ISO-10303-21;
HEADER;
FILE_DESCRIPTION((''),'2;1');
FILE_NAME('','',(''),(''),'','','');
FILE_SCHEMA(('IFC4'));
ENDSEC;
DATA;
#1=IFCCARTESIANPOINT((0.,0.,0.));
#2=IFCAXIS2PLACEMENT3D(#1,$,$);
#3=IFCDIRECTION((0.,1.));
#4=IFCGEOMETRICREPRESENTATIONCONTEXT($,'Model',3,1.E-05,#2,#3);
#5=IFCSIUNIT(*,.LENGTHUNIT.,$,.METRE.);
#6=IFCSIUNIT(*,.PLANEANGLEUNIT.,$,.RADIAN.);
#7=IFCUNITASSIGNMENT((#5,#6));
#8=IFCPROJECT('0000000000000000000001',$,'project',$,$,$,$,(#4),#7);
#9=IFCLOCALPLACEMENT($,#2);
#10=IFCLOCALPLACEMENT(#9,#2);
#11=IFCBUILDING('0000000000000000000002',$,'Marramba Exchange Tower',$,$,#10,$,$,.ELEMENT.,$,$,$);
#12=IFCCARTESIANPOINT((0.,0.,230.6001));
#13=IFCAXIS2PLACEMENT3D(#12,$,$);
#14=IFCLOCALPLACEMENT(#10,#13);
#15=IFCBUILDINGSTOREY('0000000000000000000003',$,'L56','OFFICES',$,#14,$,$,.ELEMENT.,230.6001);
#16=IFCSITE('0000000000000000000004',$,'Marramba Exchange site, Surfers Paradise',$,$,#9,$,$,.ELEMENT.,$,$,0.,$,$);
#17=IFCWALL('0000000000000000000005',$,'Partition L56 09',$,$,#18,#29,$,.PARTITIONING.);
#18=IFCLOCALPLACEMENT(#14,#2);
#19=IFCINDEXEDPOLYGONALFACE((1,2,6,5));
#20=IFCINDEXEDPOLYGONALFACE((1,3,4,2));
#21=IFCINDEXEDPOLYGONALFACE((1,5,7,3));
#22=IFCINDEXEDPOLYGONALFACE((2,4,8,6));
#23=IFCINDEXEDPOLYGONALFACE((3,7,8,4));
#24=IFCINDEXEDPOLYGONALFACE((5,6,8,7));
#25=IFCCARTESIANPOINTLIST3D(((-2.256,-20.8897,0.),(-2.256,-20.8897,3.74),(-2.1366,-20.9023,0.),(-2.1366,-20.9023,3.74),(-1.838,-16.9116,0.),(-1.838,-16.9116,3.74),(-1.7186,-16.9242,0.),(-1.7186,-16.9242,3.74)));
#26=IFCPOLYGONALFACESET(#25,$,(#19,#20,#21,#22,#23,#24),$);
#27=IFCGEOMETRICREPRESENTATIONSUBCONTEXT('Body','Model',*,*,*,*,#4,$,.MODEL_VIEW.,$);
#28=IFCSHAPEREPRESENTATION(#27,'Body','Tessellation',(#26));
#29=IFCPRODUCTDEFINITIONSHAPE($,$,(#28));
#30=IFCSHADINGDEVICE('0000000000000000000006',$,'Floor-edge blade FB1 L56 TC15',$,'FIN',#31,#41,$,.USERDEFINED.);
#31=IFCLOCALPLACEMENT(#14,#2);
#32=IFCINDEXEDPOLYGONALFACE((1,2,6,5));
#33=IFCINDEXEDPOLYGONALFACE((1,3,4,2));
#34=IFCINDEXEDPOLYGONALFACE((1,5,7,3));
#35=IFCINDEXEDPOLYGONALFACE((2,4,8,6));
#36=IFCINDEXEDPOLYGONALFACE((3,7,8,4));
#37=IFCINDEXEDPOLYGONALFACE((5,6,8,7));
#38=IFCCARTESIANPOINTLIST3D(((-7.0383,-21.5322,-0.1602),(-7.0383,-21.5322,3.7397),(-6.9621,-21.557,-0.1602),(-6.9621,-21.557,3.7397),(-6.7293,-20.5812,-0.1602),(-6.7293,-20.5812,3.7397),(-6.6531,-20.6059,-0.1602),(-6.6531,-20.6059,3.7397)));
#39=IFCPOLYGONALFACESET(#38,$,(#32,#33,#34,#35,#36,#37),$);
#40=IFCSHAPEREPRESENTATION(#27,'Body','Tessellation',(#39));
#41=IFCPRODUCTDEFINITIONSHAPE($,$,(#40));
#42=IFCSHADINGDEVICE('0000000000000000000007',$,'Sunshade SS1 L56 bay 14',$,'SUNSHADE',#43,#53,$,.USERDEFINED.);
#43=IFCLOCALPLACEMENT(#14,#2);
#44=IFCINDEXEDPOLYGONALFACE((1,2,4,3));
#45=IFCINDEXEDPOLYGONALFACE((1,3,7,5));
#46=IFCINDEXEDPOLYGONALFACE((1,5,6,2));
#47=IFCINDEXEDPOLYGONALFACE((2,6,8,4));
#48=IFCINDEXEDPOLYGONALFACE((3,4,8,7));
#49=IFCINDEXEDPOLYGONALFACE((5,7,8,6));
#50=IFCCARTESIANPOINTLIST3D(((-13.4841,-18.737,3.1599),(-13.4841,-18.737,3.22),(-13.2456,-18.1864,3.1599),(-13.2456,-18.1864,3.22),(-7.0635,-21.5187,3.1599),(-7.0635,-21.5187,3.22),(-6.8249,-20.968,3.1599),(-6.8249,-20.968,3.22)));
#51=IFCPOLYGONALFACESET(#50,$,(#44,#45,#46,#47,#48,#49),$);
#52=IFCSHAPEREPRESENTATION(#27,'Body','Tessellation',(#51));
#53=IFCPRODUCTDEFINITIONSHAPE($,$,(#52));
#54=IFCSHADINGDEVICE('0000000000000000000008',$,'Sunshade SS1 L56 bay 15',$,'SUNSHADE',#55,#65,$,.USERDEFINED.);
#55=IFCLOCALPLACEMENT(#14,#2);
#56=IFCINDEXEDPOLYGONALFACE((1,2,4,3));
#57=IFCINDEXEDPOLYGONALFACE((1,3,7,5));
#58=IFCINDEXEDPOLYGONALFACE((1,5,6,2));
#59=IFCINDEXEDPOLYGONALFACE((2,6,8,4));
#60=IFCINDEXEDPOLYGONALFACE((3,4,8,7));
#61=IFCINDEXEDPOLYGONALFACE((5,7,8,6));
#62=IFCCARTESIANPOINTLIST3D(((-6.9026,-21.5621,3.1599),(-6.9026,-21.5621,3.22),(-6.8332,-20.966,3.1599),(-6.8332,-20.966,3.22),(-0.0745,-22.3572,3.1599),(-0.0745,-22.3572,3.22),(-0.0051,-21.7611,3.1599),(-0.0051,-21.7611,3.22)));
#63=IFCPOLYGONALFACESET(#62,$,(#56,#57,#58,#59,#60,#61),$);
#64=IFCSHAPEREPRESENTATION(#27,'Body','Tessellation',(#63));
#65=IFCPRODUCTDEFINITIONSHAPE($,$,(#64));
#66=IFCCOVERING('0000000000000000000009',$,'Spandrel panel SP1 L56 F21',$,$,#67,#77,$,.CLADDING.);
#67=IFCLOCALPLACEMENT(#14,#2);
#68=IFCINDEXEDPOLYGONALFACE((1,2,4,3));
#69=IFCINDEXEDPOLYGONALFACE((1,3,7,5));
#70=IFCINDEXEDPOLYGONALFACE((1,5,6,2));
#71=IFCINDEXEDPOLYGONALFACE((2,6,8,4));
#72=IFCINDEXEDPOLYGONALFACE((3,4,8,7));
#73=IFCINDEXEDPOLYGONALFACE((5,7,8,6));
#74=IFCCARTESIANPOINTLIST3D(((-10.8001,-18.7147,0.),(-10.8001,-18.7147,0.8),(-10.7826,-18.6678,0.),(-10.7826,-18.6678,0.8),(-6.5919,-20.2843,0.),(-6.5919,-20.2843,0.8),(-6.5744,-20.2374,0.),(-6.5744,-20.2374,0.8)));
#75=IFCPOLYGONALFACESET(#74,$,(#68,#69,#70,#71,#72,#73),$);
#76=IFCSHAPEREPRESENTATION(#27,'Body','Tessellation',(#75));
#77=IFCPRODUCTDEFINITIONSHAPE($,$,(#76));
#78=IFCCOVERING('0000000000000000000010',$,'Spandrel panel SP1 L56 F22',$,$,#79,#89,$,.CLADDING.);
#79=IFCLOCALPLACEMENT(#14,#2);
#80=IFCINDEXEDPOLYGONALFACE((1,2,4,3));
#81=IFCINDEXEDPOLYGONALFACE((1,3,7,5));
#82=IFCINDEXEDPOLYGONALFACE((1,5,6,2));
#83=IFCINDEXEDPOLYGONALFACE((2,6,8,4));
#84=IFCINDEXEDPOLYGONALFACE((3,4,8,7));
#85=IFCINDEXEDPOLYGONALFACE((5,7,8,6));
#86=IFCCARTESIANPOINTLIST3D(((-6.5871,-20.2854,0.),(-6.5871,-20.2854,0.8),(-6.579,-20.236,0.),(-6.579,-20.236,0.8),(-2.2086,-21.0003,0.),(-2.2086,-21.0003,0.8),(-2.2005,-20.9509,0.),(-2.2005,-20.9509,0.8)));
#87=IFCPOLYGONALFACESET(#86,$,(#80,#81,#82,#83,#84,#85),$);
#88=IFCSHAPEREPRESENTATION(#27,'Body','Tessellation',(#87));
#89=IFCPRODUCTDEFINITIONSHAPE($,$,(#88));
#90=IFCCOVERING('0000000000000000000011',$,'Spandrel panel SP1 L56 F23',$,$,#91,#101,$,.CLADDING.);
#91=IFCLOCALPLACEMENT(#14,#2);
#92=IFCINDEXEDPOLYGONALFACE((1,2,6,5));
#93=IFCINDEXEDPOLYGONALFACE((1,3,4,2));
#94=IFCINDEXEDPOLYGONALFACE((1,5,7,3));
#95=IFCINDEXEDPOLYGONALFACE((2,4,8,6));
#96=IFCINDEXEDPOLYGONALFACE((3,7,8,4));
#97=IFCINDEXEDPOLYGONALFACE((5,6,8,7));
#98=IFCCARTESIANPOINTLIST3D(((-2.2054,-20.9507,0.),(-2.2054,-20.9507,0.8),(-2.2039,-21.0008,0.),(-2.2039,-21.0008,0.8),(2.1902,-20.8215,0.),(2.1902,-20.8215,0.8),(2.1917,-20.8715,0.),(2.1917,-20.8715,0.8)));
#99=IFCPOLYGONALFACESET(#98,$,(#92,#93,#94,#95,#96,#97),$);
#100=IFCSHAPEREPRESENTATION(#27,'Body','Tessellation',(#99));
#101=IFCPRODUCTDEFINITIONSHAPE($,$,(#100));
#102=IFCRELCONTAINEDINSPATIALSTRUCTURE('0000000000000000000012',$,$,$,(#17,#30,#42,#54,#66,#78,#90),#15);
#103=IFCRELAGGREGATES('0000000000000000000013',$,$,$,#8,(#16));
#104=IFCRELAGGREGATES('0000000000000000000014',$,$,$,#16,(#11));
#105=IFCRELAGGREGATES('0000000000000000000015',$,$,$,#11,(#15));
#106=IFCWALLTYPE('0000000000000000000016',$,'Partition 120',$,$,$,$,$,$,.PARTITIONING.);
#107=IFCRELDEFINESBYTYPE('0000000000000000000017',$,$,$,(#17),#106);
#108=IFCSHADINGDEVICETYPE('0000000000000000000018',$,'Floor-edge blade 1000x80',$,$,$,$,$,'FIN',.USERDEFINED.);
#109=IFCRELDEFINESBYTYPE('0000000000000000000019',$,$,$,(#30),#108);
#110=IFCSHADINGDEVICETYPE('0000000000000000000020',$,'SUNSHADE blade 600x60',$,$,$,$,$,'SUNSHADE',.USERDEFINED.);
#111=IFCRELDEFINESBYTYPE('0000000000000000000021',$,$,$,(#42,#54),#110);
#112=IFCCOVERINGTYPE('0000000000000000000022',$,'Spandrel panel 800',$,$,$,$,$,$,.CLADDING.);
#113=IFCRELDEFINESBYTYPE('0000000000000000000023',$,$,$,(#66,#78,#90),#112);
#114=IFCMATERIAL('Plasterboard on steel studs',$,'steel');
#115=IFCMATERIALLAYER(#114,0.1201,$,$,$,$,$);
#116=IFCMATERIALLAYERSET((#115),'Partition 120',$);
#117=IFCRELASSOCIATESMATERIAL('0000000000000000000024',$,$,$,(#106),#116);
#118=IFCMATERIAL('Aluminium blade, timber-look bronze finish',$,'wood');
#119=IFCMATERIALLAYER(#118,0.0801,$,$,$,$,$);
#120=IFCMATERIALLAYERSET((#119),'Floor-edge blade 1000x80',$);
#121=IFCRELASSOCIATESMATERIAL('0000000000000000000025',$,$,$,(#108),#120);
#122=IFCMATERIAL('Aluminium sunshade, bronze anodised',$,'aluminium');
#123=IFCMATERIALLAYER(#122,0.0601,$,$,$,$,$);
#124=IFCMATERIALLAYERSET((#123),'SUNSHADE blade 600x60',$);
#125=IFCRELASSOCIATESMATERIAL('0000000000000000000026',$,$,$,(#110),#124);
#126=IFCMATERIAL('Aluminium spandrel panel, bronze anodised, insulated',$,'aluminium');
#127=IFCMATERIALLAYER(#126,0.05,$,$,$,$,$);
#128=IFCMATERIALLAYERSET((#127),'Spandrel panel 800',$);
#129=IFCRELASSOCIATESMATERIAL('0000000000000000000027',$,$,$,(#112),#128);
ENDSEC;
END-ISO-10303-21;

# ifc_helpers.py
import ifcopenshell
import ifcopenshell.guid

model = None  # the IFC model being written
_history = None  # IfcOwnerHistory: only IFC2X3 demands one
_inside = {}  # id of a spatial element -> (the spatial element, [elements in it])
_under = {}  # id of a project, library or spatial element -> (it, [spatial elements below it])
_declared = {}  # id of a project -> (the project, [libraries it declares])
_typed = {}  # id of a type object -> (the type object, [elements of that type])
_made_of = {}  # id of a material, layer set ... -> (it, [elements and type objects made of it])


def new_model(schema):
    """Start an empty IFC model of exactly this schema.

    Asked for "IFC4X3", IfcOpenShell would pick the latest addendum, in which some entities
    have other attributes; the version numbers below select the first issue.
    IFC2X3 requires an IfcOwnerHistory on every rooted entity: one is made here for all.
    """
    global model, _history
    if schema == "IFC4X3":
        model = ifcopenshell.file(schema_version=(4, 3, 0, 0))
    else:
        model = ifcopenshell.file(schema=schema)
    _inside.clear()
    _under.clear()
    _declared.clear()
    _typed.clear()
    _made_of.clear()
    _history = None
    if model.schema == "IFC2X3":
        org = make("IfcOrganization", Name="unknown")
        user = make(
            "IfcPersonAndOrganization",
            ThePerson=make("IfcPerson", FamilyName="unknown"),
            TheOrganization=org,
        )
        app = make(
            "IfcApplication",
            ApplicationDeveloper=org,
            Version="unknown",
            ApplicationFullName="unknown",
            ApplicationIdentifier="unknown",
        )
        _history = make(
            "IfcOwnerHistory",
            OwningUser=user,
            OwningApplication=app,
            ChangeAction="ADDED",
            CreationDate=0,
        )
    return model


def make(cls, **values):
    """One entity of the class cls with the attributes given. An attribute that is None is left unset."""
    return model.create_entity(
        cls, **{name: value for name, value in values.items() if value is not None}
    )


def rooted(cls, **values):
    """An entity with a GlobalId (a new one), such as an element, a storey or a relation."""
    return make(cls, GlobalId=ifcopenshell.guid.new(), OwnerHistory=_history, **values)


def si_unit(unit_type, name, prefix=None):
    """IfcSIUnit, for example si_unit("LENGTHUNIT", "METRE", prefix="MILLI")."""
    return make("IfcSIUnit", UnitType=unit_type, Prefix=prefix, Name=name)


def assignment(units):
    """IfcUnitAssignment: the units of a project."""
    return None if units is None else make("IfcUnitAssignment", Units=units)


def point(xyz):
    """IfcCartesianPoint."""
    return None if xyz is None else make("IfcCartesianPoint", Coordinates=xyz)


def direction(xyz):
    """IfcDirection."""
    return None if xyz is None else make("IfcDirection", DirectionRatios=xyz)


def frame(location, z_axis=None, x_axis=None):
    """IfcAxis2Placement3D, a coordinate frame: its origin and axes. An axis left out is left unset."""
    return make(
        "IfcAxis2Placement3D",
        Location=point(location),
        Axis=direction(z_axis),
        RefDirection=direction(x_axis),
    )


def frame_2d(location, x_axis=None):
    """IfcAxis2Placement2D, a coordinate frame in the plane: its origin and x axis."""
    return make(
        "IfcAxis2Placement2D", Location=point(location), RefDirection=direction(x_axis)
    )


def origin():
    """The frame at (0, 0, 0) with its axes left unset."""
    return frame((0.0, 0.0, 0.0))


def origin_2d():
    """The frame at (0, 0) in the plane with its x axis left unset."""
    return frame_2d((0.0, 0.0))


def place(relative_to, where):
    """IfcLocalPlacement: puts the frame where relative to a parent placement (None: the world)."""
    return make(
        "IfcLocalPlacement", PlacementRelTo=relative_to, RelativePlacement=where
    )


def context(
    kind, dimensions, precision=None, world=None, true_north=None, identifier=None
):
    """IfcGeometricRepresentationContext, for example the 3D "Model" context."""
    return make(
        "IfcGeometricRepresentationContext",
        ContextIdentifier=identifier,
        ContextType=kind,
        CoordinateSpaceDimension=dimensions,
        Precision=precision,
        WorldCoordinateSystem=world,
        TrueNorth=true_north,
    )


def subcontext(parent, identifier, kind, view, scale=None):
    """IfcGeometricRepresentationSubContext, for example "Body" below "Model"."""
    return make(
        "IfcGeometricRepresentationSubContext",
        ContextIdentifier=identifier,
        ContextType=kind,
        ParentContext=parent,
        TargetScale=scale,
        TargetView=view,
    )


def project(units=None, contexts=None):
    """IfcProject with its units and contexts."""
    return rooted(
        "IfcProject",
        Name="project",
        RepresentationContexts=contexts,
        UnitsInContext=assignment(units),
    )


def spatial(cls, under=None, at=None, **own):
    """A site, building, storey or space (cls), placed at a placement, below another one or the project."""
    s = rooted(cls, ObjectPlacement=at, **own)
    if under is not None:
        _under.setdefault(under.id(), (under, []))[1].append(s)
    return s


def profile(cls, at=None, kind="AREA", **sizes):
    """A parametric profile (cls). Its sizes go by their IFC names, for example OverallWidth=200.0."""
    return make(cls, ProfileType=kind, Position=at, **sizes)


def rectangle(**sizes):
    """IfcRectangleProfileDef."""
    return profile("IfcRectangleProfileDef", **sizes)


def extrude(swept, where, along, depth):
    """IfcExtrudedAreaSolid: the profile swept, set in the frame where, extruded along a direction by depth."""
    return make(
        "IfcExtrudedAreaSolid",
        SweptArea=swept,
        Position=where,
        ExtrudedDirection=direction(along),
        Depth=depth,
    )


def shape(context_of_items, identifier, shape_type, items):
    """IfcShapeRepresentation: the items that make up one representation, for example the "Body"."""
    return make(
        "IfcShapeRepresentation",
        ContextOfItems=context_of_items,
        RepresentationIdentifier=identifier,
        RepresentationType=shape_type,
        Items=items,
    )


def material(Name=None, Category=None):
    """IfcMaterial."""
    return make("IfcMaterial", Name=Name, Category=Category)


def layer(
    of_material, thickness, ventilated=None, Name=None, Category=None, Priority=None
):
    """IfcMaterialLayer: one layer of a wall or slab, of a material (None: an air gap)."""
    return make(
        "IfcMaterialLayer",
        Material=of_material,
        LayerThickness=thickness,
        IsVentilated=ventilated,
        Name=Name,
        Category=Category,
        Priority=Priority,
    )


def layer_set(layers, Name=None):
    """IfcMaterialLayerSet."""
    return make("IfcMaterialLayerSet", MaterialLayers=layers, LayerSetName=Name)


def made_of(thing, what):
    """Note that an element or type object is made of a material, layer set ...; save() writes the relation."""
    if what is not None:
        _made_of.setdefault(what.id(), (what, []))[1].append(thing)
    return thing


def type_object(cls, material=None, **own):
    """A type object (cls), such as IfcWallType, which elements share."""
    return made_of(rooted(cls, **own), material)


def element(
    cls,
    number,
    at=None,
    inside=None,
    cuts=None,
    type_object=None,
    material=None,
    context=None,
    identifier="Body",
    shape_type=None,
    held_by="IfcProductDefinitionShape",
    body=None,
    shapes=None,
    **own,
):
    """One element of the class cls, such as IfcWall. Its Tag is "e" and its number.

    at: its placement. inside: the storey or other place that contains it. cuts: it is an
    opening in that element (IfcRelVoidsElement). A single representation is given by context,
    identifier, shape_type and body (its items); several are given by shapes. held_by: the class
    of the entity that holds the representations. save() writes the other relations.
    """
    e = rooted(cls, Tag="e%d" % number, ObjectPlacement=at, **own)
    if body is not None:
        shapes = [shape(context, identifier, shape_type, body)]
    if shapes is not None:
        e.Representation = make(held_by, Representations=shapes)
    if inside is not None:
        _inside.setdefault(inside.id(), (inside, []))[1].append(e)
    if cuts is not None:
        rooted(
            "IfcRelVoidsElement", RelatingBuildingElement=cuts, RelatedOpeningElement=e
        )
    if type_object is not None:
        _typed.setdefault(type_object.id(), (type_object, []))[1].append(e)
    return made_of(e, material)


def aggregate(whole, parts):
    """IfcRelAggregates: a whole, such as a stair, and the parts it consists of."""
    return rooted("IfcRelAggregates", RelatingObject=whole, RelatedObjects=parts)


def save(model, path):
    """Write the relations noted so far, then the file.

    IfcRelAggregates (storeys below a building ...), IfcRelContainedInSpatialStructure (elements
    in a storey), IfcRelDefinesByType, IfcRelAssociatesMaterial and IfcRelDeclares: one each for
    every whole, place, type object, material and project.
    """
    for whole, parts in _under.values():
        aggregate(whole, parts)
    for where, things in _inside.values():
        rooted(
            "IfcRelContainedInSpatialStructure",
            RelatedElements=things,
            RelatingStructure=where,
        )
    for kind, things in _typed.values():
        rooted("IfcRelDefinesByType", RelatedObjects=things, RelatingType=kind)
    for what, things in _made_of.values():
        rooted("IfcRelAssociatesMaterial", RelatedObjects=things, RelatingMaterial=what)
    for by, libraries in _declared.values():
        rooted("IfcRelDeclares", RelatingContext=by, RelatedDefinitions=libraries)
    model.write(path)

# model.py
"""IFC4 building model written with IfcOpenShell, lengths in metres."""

from ifc_helpers import new_model, si_unit, direction, frame, frame_2d, origin, origin_2d, place, context, subcontext, project, spatial, rectangle, extrude, material, layer, layer_set, type_object, element, save


model = new_model("IFC4")

# Units and contexts
model_context = context("Model", 3, precision=1e-05, world=origin(), true_north=direction((0.0, 1.0)))
body_context = subcontext(model_context, "Body", "Model", "MODEL_VIEW")
ifc_project = project(units=[si_unit("LENGTHUNIT", "METRE"), si_unit("PLANEANGLEUNIT", "RADIAN")], contexts=[model_context])

# Site, building, storey
site_placement = place(None, origin())
site = spatial("IfcSite", under=ifc_project, at=site_placement, Name="Marramba Exchange site, Surfers Paradise", CompositionType="ELEMENT", RefElevation=0.0)
building_placement = place(site_placement, origin())
building = spatial("IfcBuilding", under=site, at=building_placement, Name="Marramba Exchange Tower", CompositionType="ELEMENT")
storey_placement = place(building_placement, frame((0.0, 0.0, 230.6001)))
storey = spatial("IfcBuildingStorey", under=building, at=storey_placement, Name="L56", Description="OFFICES", CompositionType="ELEMENT", Elevation=230.6001)

# Shared definitions
ifc_material_1 = material(Name="Plasterboard on steel studs", Category="steel")
ifc_layer_1 = layer(ifc_material_1, 0.1201)
ifc_layer_set_1 = layer_set([ifc_layer_1], Name="Partition 120")
wall_type = type_object("IfcWallType", Name="Partition 120", PredefinedType="PARTITIONING", material=ifc_layer_set_1)

# Wall
wall_1_placement = place(storey_placement, frame((-2.1963, -20.896, 0.0), z_axis=(0.0, 0.0, 1.0), x_axis=(0.104494, 0.994526, 0.0)))
element("IfcWall", 1, at=wall_1_placement, inside=storey, type_object=wall_type, Name="Partition L56 09", PredefinedType="PARTITIONING", context=body_context, shape_type="SweptSolid", body=[
    extrude(rectangle(XDim=4.0, YDim=0.1201, at=frame_2d((2.0, 0.0))), origin(), (0.0, 0.0, 1.0), 3.74),
])

# Shading devices
ifc_material_2 = material(Name="Aluminium blade, timber-look bronze finish", Category="wood")
ifc_layer_2 = layer(ifc_material_2, 0.0801)
ifc_layer_set_2 = layer_set([ifc_layer_2], Name="Floor-edge blade 1000x80")
shading_device_type_1 = type_object("IfcShadingDeviceType", Name="Floor-edge blade 1000x80", ElementType="FIN", PredefinedType="USERDEFINED", material=ifc_layer_set_2)
shading_device_1_placement = place(storey_placement, frame((-6.8457, -21.0691, -0.1602), z_axis=(0.0, 0.0, 1.0), x_axis=(-0.309017, -0.951057, 0.0)))
element("IfcShadingDevice", 2, at=shading_device_1_placement, inside=storey, type_object=shading_device_type_1, Name="Floor-edge blade FB1 L56 TC15", ObjectType="FIN", PredefinedType="USERDEFINED", context=body_context, shape_type="SweptSolid", body=[
    extrude(rectangle(XDim=1.0, YDim=0.0801, at=origin_2d()), origin(), (0.0, 0.0, 1.0), 3.8999),
])
ifc_material_3 = material(Name="Aluminium sunshade, bronze anodised", Category="aluminium")
ifc_layer_3 = layer(ifc_material_3, 0.0601)
ifc_layer_set_3 = layer_set([ifc_layer_3], Name="SUNSHADE blade 600x60")
shading_device_type_2 = type_object("IfcShadingDeviceType", Name="SUNSHADE blade 600x60", ElementType="SUNSHADE", PredefinedType="USERDEFINED", material=ifc_layer_set_3)
shading_device_2_placement = place(storey_placement, frame((-10.1545, -19.8525, 3.1599), z_axis=(0.0, 0.0, 1.0), x_axis=(0.917589, -0.39753, 0.0)))
element("IfcShadingDevice", 3, at=shading_device_2_placement, inside=storey, type_object=shading_device_type_2, Name="Sunshade SS1 L56 bay 14", ObjectType="SUNSHADE", PredefinedType="USERDEFINED", context=body_context, shape_type="SweptSolid", body=[
    extrude(rectangle(XDim=6.9973, YDim=0.6001, at=origin_2d()), origin(), (0.0, 0.0, 1.0), 0.0601),
])
shading_device_3_placement = place(storey_placement, frame((-3.4539, -21.6616, 3.1599), z_axis=(0.0, 0.0, 1.0), x_axis=(0.993288, -0.115665, 0.0)))
element("IfcShadingDevice", 4, at=shading_device_3_placement, inside=storey, type_object=shading_device_type_2, Name="Sunshade SS1 L56 bay 15", ObjectType="SUNSHADE", PredefinedType="USERDEFINED", context=body_context, shape_type="SweptSolid", body=[
    extrude(rectangle(XDim=6.8743, YDim=0.6001, at=origin_2d()), origin(), (0.0, 0.0, 1.0), 0.0601),
])

# Coverings
ifc_material_4 = material(Name="Aluminium spandrel panel, bronze anodised, insulated", Category="aluminium")
ifc_layer_4 = layer(ifc_material_4, 0.05)
ifc_layer_set_4 = layer_set([ifc_layer_4], Name="Spandrel panel 800")
covering_type = type_object("IfcCoveringType", Name="Spandrel panel 800", PredefinedType="CLADDING", material=ifc_layer_set_4)
covering_1_placement = place(storey_placement, frame((-8.6873, -19.4761, 0.0), z_axis=(0.0, 0.0, 1.0), x_axis=(0.936952, -0.349459, 0.0)))
element("IfcCovering", 5, at=covering_1_placement, inside=storey, type_object=covering_type, Name="Spandrel panel SP1 L56 F21", PredefinedType="CLADDING", context=body_context, shape_type="SweptSolid", body=[
    extrude(rectangle(XDim=4.4915, YDim=0.05, at=origin_2d()), origin(), (0.0, 0.0, 1.0), 0.8),
])
covering_2_placement = place(storey_placement, frame((-4.3938, -20.6182, 0.0), z_axis=(0.0, 0.0, 1.0), x_axis=(0.986931, -0.161146, 0.0)))
element("IfcCovering", 6, at=covering_2_placement, inside=storey, type_object=covering_type, Name="Spandrel panel SP1 L56 F22", PredefinedType="CLADDING", context=body_context, shape_type="SweptSolid", body=[
    extrude(rectangle(XDim=4.4365, YDim=0.05, at=origin_2d()), origin(), (0.0, 0.0, 1.0), 0.8),
])
covering_3_placement = place(storey_placement, frame((-0.0068, -20.9111, 0.0), z_axis=(0.0, 0.0, 1.0), x_axis=(0.999568, 0.029393, 0.0)))
element("IfcCovering", 7, at=covering_3_placement, inside=storey, type_object=covering_type, Name="Spandrel panel SP1 L56 F23", PredefinedType="CLADDING", context=body_context, shape_type="SweptSolid", body=[
    extrude(rectangle(XDim=4.3975, YDim=0.05, at=origin_2d()), origin(), (0.0, 0.0, 1.0), 0.8),
])

save(model, "model.ifc")
